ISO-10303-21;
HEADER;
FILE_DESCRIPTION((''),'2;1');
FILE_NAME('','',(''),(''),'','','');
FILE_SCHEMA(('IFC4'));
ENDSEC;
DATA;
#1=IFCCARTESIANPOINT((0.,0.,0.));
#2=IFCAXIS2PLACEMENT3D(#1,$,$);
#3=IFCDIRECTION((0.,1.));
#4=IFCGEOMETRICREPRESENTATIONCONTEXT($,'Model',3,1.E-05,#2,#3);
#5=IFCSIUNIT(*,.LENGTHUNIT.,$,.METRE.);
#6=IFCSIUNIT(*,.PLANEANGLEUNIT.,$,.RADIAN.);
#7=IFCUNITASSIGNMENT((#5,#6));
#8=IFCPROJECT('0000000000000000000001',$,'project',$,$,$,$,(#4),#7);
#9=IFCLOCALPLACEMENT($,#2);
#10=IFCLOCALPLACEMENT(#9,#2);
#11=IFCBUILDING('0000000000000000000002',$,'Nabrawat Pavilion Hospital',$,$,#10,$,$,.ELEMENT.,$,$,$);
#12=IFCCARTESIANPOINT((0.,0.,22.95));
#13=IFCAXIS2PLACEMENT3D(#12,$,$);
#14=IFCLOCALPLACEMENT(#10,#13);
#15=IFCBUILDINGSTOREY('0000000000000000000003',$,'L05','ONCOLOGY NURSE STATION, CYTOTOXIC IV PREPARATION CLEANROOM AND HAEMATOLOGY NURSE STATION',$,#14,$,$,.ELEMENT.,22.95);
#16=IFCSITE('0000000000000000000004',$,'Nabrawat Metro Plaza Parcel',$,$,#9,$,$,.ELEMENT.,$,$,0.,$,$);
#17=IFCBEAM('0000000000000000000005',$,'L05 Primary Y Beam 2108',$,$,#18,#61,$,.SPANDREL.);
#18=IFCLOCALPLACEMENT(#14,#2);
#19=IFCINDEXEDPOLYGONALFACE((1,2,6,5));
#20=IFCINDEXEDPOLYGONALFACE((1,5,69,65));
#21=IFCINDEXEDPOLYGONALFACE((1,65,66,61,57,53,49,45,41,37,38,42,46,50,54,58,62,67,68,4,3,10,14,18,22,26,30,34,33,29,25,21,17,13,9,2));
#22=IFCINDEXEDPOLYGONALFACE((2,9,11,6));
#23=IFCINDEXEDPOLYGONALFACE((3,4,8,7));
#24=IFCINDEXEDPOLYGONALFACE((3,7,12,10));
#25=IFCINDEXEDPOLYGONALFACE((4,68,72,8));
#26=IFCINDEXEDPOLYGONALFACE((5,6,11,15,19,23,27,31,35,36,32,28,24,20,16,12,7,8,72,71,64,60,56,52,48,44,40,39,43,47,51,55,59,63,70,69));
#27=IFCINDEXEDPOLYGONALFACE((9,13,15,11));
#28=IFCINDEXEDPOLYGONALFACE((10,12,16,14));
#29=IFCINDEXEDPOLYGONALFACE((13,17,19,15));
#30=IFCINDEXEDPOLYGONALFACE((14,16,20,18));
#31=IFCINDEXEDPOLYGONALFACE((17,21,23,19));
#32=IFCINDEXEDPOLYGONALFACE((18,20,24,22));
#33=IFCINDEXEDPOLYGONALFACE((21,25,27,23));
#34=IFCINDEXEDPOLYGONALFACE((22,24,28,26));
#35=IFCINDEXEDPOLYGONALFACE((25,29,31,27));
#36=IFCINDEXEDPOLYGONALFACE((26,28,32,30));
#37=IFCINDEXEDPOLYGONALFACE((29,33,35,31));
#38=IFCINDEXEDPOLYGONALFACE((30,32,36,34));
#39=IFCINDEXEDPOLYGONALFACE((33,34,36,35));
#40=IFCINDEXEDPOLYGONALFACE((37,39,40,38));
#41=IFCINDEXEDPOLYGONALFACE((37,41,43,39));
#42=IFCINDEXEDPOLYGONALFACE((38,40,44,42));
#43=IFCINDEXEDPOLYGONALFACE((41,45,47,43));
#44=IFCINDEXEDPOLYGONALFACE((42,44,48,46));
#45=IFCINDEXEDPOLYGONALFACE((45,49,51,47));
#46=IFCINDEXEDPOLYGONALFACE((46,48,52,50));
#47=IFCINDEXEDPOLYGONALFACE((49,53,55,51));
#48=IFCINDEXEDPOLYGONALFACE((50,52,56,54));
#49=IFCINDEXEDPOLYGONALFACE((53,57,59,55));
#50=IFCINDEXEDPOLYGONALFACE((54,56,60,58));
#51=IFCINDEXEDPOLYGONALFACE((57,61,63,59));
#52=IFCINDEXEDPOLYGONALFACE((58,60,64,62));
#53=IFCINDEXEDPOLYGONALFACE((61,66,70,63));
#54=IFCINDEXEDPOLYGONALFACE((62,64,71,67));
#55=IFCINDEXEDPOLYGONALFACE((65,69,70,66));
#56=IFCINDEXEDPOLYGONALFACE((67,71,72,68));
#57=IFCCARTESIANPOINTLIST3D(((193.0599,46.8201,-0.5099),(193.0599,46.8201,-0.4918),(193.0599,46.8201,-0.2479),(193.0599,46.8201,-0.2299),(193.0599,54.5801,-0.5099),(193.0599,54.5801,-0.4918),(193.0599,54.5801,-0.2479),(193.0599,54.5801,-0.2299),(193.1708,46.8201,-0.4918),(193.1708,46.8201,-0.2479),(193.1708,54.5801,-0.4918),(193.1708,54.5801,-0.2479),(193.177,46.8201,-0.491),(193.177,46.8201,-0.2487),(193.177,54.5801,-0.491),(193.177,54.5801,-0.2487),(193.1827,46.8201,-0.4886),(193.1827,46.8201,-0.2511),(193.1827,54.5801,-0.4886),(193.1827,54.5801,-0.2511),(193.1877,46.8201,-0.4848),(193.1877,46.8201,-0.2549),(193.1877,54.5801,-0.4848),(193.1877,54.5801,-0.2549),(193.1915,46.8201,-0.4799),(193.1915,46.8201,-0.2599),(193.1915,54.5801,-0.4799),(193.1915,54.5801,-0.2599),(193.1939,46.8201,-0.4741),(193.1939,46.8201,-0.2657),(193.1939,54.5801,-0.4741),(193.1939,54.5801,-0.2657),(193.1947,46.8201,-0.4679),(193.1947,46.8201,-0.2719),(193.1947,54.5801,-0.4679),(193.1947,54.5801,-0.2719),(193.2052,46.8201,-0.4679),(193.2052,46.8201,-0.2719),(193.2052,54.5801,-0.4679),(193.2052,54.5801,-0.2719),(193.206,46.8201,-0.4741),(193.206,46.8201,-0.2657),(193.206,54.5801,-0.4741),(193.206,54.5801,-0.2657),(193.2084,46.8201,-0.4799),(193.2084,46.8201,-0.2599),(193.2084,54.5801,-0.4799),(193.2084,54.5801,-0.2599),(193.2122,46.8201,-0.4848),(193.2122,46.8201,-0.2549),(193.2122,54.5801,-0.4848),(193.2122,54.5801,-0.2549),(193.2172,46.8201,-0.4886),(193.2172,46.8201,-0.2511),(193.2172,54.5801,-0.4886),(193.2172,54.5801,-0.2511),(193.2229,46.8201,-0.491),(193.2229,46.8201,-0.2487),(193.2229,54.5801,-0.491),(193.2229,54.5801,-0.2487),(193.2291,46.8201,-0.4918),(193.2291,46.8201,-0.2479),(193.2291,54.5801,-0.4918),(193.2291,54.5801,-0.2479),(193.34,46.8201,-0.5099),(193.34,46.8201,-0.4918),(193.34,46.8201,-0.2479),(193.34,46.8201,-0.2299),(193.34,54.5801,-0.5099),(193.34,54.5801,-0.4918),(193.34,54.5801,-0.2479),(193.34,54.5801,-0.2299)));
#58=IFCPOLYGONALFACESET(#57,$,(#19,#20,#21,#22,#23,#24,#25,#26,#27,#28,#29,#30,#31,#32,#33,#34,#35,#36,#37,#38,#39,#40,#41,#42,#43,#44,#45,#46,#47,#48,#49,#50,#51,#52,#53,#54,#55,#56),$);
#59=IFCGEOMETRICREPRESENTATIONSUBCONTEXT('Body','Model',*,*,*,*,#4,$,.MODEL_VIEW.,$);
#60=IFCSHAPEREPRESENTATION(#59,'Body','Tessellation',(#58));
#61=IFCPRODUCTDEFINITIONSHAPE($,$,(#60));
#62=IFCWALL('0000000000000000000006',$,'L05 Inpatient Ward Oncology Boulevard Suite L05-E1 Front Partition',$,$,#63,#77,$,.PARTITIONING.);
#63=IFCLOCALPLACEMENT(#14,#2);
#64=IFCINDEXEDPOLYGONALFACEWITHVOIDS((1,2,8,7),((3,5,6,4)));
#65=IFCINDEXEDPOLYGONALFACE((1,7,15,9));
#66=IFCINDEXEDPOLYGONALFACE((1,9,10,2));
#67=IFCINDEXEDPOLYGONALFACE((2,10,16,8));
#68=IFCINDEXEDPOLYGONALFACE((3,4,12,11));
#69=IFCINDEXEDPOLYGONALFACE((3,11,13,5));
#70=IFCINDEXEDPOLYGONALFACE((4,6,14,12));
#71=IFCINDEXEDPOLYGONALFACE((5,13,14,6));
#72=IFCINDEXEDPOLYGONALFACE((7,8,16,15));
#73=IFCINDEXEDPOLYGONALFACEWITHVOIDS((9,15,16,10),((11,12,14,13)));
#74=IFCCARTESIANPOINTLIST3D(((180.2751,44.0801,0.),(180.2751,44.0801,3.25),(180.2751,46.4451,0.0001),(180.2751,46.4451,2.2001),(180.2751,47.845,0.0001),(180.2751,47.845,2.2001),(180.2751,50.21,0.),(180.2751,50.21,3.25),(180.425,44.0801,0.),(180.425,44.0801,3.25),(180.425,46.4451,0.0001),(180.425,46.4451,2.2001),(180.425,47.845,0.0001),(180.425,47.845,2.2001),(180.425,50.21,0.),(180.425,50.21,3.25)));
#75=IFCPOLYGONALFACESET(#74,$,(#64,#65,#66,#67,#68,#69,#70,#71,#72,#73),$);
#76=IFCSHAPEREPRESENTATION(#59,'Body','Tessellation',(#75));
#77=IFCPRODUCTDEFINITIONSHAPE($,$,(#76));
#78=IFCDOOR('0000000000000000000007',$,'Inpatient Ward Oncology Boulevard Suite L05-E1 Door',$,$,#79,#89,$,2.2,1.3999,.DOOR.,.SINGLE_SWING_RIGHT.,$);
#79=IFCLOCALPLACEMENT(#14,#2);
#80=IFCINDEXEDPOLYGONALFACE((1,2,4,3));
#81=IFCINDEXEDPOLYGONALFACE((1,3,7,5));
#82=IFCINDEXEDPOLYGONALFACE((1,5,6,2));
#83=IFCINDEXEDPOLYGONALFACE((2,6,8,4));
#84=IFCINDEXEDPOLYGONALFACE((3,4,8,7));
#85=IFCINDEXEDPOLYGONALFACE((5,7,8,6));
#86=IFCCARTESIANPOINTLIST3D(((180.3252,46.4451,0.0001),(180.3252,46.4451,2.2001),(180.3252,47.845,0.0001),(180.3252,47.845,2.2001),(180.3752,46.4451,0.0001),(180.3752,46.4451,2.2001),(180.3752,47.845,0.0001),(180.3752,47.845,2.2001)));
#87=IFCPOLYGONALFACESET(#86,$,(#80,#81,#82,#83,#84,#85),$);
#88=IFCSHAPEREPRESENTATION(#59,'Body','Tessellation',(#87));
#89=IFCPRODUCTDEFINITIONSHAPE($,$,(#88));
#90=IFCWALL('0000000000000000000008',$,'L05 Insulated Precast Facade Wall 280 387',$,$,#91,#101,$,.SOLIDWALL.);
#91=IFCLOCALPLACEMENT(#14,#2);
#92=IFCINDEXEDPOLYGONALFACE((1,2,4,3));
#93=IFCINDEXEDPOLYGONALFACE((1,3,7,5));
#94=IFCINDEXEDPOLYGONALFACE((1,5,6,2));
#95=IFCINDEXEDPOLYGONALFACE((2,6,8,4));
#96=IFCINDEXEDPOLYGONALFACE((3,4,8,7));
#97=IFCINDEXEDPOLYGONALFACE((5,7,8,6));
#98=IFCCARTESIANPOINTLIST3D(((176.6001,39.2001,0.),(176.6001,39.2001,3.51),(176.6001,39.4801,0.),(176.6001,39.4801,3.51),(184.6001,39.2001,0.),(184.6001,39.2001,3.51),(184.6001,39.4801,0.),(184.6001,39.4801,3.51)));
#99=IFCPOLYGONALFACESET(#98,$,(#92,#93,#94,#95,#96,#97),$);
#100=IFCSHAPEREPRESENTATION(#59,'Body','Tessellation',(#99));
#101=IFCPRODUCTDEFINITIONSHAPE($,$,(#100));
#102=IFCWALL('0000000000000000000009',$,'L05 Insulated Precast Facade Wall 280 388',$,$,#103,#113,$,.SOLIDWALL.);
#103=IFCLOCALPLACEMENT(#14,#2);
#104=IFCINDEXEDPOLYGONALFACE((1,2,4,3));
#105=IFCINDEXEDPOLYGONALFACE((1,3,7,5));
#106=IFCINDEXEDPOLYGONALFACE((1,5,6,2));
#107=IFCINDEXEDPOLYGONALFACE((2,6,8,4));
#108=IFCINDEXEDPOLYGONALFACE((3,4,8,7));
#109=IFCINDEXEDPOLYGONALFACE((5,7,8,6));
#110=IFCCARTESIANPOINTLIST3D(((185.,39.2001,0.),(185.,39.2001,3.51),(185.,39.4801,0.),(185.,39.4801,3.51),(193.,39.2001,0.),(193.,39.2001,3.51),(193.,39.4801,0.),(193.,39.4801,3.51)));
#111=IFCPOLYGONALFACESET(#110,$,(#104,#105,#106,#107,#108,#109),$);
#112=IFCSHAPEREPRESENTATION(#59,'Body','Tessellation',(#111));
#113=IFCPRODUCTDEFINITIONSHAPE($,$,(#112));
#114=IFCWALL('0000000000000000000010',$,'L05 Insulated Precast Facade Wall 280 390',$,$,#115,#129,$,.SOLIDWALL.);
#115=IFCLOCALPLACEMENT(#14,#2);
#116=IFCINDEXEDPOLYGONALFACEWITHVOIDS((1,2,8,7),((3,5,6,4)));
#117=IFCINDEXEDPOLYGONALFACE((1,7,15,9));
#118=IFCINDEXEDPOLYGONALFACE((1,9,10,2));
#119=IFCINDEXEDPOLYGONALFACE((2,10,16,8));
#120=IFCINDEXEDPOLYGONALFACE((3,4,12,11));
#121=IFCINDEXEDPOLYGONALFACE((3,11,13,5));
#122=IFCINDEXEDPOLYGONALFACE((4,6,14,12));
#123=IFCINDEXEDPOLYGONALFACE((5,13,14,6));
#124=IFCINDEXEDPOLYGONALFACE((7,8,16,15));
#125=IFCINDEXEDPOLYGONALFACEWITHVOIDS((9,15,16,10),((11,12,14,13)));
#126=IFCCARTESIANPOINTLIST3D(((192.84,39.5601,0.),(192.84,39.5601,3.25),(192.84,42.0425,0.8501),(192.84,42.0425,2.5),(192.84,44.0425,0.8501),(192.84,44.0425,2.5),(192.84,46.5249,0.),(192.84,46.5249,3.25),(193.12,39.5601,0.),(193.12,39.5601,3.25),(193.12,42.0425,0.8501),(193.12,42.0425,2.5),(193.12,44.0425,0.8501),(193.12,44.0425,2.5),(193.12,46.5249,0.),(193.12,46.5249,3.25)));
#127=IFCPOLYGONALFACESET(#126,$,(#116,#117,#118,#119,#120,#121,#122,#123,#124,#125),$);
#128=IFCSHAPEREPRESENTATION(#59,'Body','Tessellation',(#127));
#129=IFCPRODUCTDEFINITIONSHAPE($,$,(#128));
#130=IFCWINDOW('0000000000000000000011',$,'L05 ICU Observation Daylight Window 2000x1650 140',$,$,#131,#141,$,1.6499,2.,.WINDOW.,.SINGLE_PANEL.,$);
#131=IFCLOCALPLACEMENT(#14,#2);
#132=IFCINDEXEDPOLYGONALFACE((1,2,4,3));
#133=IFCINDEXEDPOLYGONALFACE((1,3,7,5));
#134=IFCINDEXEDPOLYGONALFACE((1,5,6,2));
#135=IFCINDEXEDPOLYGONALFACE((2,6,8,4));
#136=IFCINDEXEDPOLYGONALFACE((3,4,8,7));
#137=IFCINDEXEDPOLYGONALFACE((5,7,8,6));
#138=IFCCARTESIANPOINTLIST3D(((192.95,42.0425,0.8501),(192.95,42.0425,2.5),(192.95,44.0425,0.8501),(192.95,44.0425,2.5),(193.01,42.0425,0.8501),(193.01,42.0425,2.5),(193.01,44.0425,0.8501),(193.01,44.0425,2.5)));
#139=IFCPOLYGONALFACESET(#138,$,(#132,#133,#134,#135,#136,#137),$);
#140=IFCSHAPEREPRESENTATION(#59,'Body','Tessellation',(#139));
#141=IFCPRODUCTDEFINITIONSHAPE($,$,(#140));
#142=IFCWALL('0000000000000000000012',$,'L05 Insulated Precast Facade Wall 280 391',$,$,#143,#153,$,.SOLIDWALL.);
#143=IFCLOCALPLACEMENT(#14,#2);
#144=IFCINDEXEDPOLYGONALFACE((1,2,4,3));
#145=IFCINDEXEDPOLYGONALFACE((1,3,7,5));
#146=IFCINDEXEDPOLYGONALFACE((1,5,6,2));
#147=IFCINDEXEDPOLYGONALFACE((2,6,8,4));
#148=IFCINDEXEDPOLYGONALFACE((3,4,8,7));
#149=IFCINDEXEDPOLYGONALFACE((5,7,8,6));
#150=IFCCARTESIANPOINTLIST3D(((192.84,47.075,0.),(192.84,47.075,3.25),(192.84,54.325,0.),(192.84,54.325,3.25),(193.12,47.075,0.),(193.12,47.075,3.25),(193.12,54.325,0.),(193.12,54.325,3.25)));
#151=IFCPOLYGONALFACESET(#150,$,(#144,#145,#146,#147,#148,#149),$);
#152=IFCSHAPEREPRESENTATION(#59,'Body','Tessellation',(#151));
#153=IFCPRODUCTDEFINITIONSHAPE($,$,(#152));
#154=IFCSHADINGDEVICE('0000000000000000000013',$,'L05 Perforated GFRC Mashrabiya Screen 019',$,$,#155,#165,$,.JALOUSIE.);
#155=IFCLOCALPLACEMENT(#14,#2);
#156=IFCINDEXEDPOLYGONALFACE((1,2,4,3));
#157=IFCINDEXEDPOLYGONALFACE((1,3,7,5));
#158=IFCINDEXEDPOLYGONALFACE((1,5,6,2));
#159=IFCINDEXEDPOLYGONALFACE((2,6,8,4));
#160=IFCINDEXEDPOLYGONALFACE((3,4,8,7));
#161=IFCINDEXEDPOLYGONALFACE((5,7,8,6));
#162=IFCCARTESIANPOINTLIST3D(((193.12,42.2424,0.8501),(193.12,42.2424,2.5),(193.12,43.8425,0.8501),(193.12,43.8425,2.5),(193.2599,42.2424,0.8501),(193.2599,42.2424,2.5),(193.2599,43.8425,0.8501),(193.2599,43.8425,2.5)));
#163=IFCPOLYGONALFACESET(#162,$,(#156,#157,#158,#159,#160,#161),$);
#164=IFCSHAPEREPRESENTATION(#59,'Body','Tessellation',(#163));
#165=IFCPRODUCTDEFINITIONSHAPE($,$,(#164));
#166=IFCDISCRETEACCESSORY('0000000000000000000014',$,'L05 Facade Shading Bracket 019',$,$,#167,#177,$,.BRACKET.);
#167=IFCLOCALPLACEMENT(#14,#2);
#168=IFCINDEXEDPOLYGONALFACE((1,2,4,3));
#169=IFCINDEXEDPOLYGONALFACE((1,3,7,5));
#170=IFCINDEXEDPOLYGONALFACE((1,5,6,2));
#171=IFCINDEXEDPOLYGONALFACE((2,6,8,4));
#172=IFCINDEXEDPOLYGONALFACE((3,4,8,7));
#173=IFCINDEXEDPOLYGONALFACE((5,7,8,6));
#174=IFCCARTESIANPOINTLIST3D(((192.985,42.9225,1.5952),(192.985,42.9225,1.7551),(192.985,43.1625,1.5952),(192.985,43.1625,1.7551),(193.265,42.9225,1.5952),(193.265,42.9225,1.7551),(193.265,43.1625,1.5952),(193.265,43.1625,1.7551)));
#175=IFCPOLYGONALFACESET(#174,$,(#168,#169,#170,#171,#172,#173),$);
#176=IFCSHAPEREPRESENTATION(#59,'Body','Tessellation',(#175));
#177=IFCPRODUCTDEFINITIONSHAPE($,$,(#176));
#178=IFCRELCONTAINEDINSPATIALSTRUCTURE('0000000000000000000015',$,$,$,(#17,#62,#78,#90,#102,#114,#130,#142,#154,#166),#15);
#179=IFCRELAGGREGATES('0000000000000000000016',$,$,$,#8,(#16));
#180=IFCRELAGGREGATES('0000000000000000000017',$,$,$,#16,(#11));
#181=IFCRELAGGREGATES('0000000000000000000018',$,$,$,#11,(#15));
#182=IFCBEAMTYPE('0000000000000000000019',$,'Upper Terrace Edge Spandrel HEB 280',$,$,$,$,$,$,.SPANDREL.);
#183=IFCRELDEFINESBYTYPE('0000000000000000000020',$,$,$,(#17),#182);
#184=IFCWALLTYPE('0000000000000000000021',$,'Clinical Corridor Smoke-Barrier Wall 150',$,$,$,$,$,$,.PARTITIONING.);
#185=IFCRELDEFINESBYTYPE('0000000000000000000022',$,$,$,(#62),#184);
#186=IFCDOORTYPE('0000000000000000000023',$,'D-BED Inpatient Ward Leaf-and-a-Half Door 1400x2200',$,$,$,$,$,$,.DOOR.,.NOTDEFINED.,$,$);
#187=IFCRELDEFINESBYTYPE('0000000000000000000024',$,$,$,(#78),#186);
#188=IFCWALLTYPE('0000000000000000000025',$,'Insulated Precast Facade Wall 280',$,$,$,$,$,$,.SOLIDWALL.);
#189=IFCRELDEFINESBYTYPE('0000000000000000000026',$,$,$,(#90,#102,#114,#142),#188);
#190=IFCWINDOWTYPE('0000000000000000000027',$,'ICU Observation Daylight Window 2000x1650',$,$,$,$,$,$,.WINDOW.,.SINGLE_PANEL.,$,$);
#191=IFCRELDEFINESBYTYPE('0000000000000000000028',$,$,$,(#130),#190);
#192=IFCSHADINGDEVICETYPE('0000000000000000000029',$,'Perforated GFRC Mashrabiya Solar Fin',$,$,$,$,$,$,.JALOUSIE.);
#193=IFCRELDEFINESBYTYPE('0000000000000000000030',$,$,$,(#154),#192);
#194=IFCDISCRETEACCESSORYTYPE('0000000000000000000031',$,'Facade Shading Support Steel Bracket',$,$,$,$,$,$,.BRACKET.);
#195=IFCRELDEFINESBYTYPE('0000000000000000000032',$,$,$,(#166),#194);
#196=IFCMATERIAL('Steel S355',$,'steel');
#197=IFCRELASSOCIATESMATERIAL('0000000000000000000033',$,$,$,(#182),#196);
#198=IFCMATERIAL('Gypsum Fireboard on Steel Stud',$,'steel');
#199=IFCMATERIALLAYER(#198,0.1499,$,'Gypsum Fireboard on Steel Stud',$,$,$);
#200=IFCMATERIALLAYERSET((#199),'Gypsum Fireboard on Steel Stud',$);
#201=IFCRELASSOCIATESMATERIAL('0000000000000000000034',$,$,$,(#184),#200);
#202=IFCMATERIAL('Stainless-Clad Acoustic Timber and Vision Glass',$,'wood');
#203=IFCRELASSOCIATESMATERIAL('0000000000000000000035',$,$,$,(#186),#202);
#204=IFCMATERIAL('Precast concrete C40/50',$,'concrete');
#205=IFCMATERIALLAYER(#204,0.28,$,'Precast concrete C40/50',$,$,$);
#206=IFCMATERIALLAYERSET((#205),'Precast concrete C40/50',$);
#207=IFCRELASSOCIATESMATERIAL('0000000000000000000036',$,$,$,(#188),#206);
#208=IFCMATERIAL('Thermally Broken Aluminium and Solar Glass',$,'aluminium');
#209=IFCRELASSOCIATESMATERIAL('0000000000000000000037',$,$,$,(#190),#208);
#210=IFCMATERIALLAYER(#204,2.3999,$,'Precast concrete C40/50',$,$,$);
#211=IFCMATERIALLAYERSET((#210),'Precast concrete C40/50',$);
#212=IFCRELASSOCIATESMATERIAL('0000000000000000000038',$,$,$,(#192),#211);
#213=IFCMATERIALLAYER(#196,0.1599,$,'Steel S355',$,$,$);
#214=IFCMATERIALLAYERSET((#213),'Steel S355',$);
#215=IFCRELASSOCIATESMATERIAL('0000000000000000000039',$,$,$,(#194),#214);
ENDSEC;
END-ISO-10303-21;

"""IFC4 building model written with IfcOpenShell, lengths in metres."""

from ifc_helpers import new_model, si_unit, direction, frame, frame_2d, origin, origin_2d, place, context, subcontext, project, spatial, rectangle, i_section, extrude, material, layer, layer_set, material_profile, profile_set, type_object, element, fill, save


model = new_model("IFC4")

# Units and contexts
model_context = context("Model", 3, precision=1e-05, world=origin(), true_north=direction((0.0, 1.0)))
body_context = subcontext(model_context, "Body", "Model", "MODEL_VIEW")
ifc_project = project(units=[si_unit("LENGTHUNIT", "METRE"), si_unit("PLANEANGLEUNIT", "RADIAN")], contexts=[model_context])

# Site, building, storey
site_placement = place(None, origin())
site = spatial("IfcSite", under=ifc_project, at=site_placement, Name="Nabrawat Metro Plaza Parcel", CompositionType="ELEMENT", RefElevation=0.0)
building_placement = place(site_placement, origin())
building = spatial("IfcBuilding", under=site, at=building_placement, Name="Nabrawat Pavilion Hospital", CompositionType="ELEMENT")
storey_placement = place(building_placement, frame((0.0, 0.0, 22.95)))
storey = spatial("IfcBuildingStorey", under=building, at=storey_placement, Name="L05", Description="ONCOLOGY NURSE STATION, CYTOTOXIC IV PREPARATION CLEANROOM AND HAEMATOLOGY NURSE STATION", CompositionType="ELEMENT", Elevation=22.95)

# Shared definitions
ifc_material_1 = material(Name="Steel S355", Category="steel")

# Beam
ifc_material_profile_1 = material_profile(ifc_material_1, i_section(OverallWidth=0.28, OverallDepth=0.28, WebThickness=0.0105, FlangeThickness=0.0181, FilletRadius=0.0239, at=origin_2d()), Name="HEB 280")
ifc_profile_set_1 = profile_set([ifc_material_profile_1], Name="Steel S355")
beam_type_1 = type_object("IfcBeamType", Name="Upper Terrace Edge Spandrel HEB 280", PredefinedType="SPANDREL", material=ifc_profile_set_1)
for number, where, z_axis, x_axis, name in (
    (1, (193.2, 46.8201, -0.3699), (0.0, 1.0, 0.0), (-1.0, 0.0, 0.0), "L05 Primary Y Beam 2108"),
):
    element("IfcBeam", number, at=place(storey_placement, frame(where, z_axis=z_axis, x_axis=x_axis)), inside=storey, type_object=beam_type_1, Name=name, PredefinedType="SPANDREL", context=body_context, shape_type="SweptSolid", body=[
        extrude(i_section(OverallWidth=0.28, OverallDepth=0.28, WebThickness=0.0105, FlangeThickness=0.0181, FilletRadius=0.0239, at=origin_2d()), origin(), (0.0, 0.0, 1.0), 7.76),
    ])

# Wall, opening, door
ifc_material_2 = material(Name="Gypsum Fireboard on Steel Stud", Category="steel")
ifc_layer_1 = layer(ifc_material_2, 0.1499, Name="Gypsum Fireboard on Steel Stud")
ifc_layer_set_1 = layer_set([ifc_layer_1], Name="Gypsum Fireboard on Steel Stud")
wall_type_1 = type_object("IfcWallType", Name="Clinical Corridor Smoke-Barrier Wall 150", PredefinedType="PARTITIONING", material=ifc_layer_set_1)
wall_1_placement = place(storey_placement, frame((180.3501, 44.0801, 0.0), z_axis=(0.0, 0.0, 1.0), x_axis=(0.0, 1.0, 0.0)))
wall_1 = element("IfcWall", 2, at=wall_1_placement, inside=storey, type_object=wall_type_1, Name="L05 Inpatient Ward Oncology Boulevard Suite L05-E1 Front Partition", PredefinedType="PARTITIONING", context=body_context, shape_type="SweptSolid", body=[
    extrude(rectangle(XDim=6.1299, YDim=0.1499, at=frame_2d((3.0649, 0.0))), origin(), (0.0, 0.0, 1.0), 3.25),
])
opening_1_placement = place(wall_1_placement, frame((2.365, 0.0, 0.0)))
opening_1 = element("IfcOpeningElement", 3, at=opening_1_placement, cuts=wall_1, PredefinedType="OPENING", context=body_context, shape_type="SweptSolid", body=[
    extrude(rectangle(XDim=1.3999, YDim=2.2, at=frame_2d((0.7, 1.1001))), frame((0.0, 0.085, 0.0), z_axis=(0.0, -1.0, 0.0), x_axis=(1.0, 0.0, 0.0)), (0.0, 0.0, 1.0), 0.1699),
])
ifc_material_3 = material(Name="Stainless-Clad Acoustic Timber and Vision Glass", Category="wood")
door_type = type_object("IfcDoorType", Name="D-BED Inpatient Ward Leaf-and-a-Half Door 1400x2200", OperationType="NOTDEFINED", PredefinedType="DOOR", material=ifc_material_3)
door_placement = place(opening_1_placement, origin())
door = element("IfcDoor", 4, at=door_placement, inside=storey, type_object=door_type, Name="Inpatient Ward Oncology Boulevard Suite L05-E1 Door", OperationType="SINGLE_SWING_RIGHT", OverallHeight=2.2, OverallWidth=1.3999, PredefinedType="DOOR", context=body_context, shape_type="SweptSolid", body=[
    extrude(rectangle(XDim=1.3999, YDim=2.2, at=frame_2d((0.7, 1.1001))), frame((0.0, 0.0249, 0.0), z_axis=(0.0, -1.0, 0.0), x_axis=(1.0, 0.0, 0.0)), (0.0, 0.0, 1.0), 0.05),
])
fill(opening_1, door)

# Walls
ifc_material_4 = material(Name="Precast concrete C40/50", Category="concrete")
ifc_layer_2 = layer(ifc_material_4, 0.28, Name="Precast concrete C40/50")
ifc_layer_set_2 = layer_set([ifc_layer_2], Name="Precast concrete C40/50")
wall_type_2 = type_object("IfcWallType", Name="Insulated Precast Facade Wall 280", PredefinedType="SOLIDWALL", material=ifc_layer_set_2)
for number, where, z_axis, x_axis, name in (
    (5, (176.6001, 39.3401, 0.0), (0.0, 0.0, 1.0), (1.0, 0.0, 0.0), "L05 Insulated Precast Facade Wall 280 387"),
    (6, (185.0, 39.3401, 0.0), (0.0, 0.0, 1.0), (1.0, 0.0, 0.0), "L05 Insulated Precast Facade Wall 280 388"),
):
    element("IfcWall", number, at=place(storey_placement, frame(where, z_axis=z_axis, x_axis=x_axis)), inside=storey, type_object=wall_type_2, Name=name, PredefinedType="SOLIDWALL", context=body_context, shape_type="SweptSolid", body=[
        extrude(rectangle(XDim=8.0, YDim=0.28, at=frame_2d((4.0, 0.0))), origin(), (0.0, 0.0, 1.0), 3.51),
    ])

# Wall, opening, window
wall_2_placement = place(storey_placement, frame((192.98, 39.5601, 0.0), z_axis=(0.0, 0.0, 1.0), x_axis=(0.0, 1.0, 0.0)))
wall_2 = element("IfcWall", 7, at=wall_2_placement, inside=storey, type_object=wall_type_2, Name="L05 Insulated Precast Facade Wall 280 390", PredefinedType="SOLIDWALL", context=body_context, shape_type="SweptSolid", body=[
    extrude(rectangle(XDim=6.9648, YDim=0.28, at=frame_2d((3.4824, 0.0))), origin(), (0.0, 0.0, 1.0), 3.25),
])
opening_2_placement = place(wall_2_placement, frame((2.4824, 0.0, 0.8501)))
opening_2 = element("IfcOpeningElement", 8, at=opening_2_placement, cuts=wall_2, PredefinedType="OPENING", context=body_context, shape_type="SweptSolid", body=[
    extrude(rectangle(XDim=2.0, YDim=1.6499, at=frame_2d((1.0, 0.825))), frame((0.0, 0.1499, 0.0), z_axis=(0.0, -1.0, 0.0), x_axis=(1.0, 0.0, 0.0)), (0.0, 0.0, 1.0), 0.3),
])
ifc_material_5 = material(Name="Thermally Broken Aluminium and Solar Glass", Category="aluminium")
window_type = type_object("IfcWindowType", Name="ICU Observation Daylight Window 2000x1650", PartitioningType="SINGLE_PANEL", PredefinedType="WINDOW", material=ifc_material_5)
window_placement = place(opening_2_placement, origin())
window = element("IfcWindow", 9, at=window_placement, inside=storey, type_object=window_type, Name="L05 ICU Observation Daylight Window 2000x1650 140", OverallHeight=1.6499, OverallWidth=2.0, PartitioningType="SINGLE_PANEL", PredefinedType="WINDOW", context=body_context, shape_type="SweptSolid", body=[
    extrude(rectangle(XDim=2.0, YDim=1.6499, at=frame_2d((1.0, 0.825))), frame((0.0, 0.03, 0.0), z_axis=(0.0, -1.0, 0.0), x_axis=(1.0, 0.0, 0.0)), (0.0, 0.0, 1.0), 0.0601),
])
fill(opening_2, window)

# Wall
wall_3_placement = place(storey_placement, frame((192.98, 47.075, 0.0), z_axis=(0.0, 0.0, 1.0), x_axis=(0.0, 1.0, 0.0)))
element("IfcWall", 10, at=wall_3_placement, inside=storey, type_object=wall_type_2, Name="L05 Insulated Precast Facade Wall 280 391", PredefinedType="SOLIDWALL", context=body_context, shape_type="SweptSolid", body=[
    extrude(rectangle(XDim=7.25, YDim=0.28, at=frame_2d((3.625, 0.0))), origin(), (0.0, 0.0, 1.0), 3.25),
])

# Shading device
ifc_layer_3 = layer(ifc_material_4, 2.3999, Name="Precast concrete C40/50")
ifc_layer_set_3 = layer_set([ifc_layer_3], Name="Precast concrete C40/50")
shading_device_type = type_object("IfcShadingDeviceType", Name="Perforated GFRC Mashrabiya Solar Fin", PredefinedType="JALOUSIE", material=ifc_layer_set_3)
shading_device_placement = place(storey_placement, frame((193.1899, 43.0425, 0.8501), z_axis=(0.0, 0.0, 1.0), x_axis=(0.0, 1.0, 0.0)))
element("IfcShadingDevice", 11, at=shading_device_placement, inside=storey, type_object=shading_device_type, Name="L05 Perforated GFRC Mashrabiya Screen 019", PredefinedType="JALOUSIE", context=body_context, shape_type="SweptSolid", body=[
    extrude(rectangle(XDim=1.6001, YDim=0.1399, at=origin_2d()), origin(), (0.0, 0.0, 1.0), 1.6499),
])

# Discrete accessory
ifc_layer_4 = layer(ifc_material_1, 0.1599, Name="Steel S355")
ifc_layer_set_4 = layer_set([ifc_layer_4], Name="Steel S355")
discrete_accessory_type = type_object("IfcDiscreteAccessoryType", Name="Facade Shading Support Steel Bracket", PredefinedType="BRACKET", material=ifc_layer_set_4)
discrete_accessory_placement = place(storey_placement, frame((193.125, 43.0425, 1.5952), z_axis=(0.0, 0.0, 1.0), x_axis=(0.0, 1.0, 0.0)))
element("IfcDiscreteAccessory", 12, at=discrete_accessory_placement, inside=storey, type_object=discrete_accessory_type, Name="L05 Facade Shading Bracket 019", PredefinedType="BRACKET", context=body_context, shape_type="SweptSolid", body=[
    extrude(rectangle(XDim=0.24, YDim=0.28, at=origin_2d()), origin(), (0.0, 0.0, 1.0), 0.1599),
])

save(model, "model.ifc")
